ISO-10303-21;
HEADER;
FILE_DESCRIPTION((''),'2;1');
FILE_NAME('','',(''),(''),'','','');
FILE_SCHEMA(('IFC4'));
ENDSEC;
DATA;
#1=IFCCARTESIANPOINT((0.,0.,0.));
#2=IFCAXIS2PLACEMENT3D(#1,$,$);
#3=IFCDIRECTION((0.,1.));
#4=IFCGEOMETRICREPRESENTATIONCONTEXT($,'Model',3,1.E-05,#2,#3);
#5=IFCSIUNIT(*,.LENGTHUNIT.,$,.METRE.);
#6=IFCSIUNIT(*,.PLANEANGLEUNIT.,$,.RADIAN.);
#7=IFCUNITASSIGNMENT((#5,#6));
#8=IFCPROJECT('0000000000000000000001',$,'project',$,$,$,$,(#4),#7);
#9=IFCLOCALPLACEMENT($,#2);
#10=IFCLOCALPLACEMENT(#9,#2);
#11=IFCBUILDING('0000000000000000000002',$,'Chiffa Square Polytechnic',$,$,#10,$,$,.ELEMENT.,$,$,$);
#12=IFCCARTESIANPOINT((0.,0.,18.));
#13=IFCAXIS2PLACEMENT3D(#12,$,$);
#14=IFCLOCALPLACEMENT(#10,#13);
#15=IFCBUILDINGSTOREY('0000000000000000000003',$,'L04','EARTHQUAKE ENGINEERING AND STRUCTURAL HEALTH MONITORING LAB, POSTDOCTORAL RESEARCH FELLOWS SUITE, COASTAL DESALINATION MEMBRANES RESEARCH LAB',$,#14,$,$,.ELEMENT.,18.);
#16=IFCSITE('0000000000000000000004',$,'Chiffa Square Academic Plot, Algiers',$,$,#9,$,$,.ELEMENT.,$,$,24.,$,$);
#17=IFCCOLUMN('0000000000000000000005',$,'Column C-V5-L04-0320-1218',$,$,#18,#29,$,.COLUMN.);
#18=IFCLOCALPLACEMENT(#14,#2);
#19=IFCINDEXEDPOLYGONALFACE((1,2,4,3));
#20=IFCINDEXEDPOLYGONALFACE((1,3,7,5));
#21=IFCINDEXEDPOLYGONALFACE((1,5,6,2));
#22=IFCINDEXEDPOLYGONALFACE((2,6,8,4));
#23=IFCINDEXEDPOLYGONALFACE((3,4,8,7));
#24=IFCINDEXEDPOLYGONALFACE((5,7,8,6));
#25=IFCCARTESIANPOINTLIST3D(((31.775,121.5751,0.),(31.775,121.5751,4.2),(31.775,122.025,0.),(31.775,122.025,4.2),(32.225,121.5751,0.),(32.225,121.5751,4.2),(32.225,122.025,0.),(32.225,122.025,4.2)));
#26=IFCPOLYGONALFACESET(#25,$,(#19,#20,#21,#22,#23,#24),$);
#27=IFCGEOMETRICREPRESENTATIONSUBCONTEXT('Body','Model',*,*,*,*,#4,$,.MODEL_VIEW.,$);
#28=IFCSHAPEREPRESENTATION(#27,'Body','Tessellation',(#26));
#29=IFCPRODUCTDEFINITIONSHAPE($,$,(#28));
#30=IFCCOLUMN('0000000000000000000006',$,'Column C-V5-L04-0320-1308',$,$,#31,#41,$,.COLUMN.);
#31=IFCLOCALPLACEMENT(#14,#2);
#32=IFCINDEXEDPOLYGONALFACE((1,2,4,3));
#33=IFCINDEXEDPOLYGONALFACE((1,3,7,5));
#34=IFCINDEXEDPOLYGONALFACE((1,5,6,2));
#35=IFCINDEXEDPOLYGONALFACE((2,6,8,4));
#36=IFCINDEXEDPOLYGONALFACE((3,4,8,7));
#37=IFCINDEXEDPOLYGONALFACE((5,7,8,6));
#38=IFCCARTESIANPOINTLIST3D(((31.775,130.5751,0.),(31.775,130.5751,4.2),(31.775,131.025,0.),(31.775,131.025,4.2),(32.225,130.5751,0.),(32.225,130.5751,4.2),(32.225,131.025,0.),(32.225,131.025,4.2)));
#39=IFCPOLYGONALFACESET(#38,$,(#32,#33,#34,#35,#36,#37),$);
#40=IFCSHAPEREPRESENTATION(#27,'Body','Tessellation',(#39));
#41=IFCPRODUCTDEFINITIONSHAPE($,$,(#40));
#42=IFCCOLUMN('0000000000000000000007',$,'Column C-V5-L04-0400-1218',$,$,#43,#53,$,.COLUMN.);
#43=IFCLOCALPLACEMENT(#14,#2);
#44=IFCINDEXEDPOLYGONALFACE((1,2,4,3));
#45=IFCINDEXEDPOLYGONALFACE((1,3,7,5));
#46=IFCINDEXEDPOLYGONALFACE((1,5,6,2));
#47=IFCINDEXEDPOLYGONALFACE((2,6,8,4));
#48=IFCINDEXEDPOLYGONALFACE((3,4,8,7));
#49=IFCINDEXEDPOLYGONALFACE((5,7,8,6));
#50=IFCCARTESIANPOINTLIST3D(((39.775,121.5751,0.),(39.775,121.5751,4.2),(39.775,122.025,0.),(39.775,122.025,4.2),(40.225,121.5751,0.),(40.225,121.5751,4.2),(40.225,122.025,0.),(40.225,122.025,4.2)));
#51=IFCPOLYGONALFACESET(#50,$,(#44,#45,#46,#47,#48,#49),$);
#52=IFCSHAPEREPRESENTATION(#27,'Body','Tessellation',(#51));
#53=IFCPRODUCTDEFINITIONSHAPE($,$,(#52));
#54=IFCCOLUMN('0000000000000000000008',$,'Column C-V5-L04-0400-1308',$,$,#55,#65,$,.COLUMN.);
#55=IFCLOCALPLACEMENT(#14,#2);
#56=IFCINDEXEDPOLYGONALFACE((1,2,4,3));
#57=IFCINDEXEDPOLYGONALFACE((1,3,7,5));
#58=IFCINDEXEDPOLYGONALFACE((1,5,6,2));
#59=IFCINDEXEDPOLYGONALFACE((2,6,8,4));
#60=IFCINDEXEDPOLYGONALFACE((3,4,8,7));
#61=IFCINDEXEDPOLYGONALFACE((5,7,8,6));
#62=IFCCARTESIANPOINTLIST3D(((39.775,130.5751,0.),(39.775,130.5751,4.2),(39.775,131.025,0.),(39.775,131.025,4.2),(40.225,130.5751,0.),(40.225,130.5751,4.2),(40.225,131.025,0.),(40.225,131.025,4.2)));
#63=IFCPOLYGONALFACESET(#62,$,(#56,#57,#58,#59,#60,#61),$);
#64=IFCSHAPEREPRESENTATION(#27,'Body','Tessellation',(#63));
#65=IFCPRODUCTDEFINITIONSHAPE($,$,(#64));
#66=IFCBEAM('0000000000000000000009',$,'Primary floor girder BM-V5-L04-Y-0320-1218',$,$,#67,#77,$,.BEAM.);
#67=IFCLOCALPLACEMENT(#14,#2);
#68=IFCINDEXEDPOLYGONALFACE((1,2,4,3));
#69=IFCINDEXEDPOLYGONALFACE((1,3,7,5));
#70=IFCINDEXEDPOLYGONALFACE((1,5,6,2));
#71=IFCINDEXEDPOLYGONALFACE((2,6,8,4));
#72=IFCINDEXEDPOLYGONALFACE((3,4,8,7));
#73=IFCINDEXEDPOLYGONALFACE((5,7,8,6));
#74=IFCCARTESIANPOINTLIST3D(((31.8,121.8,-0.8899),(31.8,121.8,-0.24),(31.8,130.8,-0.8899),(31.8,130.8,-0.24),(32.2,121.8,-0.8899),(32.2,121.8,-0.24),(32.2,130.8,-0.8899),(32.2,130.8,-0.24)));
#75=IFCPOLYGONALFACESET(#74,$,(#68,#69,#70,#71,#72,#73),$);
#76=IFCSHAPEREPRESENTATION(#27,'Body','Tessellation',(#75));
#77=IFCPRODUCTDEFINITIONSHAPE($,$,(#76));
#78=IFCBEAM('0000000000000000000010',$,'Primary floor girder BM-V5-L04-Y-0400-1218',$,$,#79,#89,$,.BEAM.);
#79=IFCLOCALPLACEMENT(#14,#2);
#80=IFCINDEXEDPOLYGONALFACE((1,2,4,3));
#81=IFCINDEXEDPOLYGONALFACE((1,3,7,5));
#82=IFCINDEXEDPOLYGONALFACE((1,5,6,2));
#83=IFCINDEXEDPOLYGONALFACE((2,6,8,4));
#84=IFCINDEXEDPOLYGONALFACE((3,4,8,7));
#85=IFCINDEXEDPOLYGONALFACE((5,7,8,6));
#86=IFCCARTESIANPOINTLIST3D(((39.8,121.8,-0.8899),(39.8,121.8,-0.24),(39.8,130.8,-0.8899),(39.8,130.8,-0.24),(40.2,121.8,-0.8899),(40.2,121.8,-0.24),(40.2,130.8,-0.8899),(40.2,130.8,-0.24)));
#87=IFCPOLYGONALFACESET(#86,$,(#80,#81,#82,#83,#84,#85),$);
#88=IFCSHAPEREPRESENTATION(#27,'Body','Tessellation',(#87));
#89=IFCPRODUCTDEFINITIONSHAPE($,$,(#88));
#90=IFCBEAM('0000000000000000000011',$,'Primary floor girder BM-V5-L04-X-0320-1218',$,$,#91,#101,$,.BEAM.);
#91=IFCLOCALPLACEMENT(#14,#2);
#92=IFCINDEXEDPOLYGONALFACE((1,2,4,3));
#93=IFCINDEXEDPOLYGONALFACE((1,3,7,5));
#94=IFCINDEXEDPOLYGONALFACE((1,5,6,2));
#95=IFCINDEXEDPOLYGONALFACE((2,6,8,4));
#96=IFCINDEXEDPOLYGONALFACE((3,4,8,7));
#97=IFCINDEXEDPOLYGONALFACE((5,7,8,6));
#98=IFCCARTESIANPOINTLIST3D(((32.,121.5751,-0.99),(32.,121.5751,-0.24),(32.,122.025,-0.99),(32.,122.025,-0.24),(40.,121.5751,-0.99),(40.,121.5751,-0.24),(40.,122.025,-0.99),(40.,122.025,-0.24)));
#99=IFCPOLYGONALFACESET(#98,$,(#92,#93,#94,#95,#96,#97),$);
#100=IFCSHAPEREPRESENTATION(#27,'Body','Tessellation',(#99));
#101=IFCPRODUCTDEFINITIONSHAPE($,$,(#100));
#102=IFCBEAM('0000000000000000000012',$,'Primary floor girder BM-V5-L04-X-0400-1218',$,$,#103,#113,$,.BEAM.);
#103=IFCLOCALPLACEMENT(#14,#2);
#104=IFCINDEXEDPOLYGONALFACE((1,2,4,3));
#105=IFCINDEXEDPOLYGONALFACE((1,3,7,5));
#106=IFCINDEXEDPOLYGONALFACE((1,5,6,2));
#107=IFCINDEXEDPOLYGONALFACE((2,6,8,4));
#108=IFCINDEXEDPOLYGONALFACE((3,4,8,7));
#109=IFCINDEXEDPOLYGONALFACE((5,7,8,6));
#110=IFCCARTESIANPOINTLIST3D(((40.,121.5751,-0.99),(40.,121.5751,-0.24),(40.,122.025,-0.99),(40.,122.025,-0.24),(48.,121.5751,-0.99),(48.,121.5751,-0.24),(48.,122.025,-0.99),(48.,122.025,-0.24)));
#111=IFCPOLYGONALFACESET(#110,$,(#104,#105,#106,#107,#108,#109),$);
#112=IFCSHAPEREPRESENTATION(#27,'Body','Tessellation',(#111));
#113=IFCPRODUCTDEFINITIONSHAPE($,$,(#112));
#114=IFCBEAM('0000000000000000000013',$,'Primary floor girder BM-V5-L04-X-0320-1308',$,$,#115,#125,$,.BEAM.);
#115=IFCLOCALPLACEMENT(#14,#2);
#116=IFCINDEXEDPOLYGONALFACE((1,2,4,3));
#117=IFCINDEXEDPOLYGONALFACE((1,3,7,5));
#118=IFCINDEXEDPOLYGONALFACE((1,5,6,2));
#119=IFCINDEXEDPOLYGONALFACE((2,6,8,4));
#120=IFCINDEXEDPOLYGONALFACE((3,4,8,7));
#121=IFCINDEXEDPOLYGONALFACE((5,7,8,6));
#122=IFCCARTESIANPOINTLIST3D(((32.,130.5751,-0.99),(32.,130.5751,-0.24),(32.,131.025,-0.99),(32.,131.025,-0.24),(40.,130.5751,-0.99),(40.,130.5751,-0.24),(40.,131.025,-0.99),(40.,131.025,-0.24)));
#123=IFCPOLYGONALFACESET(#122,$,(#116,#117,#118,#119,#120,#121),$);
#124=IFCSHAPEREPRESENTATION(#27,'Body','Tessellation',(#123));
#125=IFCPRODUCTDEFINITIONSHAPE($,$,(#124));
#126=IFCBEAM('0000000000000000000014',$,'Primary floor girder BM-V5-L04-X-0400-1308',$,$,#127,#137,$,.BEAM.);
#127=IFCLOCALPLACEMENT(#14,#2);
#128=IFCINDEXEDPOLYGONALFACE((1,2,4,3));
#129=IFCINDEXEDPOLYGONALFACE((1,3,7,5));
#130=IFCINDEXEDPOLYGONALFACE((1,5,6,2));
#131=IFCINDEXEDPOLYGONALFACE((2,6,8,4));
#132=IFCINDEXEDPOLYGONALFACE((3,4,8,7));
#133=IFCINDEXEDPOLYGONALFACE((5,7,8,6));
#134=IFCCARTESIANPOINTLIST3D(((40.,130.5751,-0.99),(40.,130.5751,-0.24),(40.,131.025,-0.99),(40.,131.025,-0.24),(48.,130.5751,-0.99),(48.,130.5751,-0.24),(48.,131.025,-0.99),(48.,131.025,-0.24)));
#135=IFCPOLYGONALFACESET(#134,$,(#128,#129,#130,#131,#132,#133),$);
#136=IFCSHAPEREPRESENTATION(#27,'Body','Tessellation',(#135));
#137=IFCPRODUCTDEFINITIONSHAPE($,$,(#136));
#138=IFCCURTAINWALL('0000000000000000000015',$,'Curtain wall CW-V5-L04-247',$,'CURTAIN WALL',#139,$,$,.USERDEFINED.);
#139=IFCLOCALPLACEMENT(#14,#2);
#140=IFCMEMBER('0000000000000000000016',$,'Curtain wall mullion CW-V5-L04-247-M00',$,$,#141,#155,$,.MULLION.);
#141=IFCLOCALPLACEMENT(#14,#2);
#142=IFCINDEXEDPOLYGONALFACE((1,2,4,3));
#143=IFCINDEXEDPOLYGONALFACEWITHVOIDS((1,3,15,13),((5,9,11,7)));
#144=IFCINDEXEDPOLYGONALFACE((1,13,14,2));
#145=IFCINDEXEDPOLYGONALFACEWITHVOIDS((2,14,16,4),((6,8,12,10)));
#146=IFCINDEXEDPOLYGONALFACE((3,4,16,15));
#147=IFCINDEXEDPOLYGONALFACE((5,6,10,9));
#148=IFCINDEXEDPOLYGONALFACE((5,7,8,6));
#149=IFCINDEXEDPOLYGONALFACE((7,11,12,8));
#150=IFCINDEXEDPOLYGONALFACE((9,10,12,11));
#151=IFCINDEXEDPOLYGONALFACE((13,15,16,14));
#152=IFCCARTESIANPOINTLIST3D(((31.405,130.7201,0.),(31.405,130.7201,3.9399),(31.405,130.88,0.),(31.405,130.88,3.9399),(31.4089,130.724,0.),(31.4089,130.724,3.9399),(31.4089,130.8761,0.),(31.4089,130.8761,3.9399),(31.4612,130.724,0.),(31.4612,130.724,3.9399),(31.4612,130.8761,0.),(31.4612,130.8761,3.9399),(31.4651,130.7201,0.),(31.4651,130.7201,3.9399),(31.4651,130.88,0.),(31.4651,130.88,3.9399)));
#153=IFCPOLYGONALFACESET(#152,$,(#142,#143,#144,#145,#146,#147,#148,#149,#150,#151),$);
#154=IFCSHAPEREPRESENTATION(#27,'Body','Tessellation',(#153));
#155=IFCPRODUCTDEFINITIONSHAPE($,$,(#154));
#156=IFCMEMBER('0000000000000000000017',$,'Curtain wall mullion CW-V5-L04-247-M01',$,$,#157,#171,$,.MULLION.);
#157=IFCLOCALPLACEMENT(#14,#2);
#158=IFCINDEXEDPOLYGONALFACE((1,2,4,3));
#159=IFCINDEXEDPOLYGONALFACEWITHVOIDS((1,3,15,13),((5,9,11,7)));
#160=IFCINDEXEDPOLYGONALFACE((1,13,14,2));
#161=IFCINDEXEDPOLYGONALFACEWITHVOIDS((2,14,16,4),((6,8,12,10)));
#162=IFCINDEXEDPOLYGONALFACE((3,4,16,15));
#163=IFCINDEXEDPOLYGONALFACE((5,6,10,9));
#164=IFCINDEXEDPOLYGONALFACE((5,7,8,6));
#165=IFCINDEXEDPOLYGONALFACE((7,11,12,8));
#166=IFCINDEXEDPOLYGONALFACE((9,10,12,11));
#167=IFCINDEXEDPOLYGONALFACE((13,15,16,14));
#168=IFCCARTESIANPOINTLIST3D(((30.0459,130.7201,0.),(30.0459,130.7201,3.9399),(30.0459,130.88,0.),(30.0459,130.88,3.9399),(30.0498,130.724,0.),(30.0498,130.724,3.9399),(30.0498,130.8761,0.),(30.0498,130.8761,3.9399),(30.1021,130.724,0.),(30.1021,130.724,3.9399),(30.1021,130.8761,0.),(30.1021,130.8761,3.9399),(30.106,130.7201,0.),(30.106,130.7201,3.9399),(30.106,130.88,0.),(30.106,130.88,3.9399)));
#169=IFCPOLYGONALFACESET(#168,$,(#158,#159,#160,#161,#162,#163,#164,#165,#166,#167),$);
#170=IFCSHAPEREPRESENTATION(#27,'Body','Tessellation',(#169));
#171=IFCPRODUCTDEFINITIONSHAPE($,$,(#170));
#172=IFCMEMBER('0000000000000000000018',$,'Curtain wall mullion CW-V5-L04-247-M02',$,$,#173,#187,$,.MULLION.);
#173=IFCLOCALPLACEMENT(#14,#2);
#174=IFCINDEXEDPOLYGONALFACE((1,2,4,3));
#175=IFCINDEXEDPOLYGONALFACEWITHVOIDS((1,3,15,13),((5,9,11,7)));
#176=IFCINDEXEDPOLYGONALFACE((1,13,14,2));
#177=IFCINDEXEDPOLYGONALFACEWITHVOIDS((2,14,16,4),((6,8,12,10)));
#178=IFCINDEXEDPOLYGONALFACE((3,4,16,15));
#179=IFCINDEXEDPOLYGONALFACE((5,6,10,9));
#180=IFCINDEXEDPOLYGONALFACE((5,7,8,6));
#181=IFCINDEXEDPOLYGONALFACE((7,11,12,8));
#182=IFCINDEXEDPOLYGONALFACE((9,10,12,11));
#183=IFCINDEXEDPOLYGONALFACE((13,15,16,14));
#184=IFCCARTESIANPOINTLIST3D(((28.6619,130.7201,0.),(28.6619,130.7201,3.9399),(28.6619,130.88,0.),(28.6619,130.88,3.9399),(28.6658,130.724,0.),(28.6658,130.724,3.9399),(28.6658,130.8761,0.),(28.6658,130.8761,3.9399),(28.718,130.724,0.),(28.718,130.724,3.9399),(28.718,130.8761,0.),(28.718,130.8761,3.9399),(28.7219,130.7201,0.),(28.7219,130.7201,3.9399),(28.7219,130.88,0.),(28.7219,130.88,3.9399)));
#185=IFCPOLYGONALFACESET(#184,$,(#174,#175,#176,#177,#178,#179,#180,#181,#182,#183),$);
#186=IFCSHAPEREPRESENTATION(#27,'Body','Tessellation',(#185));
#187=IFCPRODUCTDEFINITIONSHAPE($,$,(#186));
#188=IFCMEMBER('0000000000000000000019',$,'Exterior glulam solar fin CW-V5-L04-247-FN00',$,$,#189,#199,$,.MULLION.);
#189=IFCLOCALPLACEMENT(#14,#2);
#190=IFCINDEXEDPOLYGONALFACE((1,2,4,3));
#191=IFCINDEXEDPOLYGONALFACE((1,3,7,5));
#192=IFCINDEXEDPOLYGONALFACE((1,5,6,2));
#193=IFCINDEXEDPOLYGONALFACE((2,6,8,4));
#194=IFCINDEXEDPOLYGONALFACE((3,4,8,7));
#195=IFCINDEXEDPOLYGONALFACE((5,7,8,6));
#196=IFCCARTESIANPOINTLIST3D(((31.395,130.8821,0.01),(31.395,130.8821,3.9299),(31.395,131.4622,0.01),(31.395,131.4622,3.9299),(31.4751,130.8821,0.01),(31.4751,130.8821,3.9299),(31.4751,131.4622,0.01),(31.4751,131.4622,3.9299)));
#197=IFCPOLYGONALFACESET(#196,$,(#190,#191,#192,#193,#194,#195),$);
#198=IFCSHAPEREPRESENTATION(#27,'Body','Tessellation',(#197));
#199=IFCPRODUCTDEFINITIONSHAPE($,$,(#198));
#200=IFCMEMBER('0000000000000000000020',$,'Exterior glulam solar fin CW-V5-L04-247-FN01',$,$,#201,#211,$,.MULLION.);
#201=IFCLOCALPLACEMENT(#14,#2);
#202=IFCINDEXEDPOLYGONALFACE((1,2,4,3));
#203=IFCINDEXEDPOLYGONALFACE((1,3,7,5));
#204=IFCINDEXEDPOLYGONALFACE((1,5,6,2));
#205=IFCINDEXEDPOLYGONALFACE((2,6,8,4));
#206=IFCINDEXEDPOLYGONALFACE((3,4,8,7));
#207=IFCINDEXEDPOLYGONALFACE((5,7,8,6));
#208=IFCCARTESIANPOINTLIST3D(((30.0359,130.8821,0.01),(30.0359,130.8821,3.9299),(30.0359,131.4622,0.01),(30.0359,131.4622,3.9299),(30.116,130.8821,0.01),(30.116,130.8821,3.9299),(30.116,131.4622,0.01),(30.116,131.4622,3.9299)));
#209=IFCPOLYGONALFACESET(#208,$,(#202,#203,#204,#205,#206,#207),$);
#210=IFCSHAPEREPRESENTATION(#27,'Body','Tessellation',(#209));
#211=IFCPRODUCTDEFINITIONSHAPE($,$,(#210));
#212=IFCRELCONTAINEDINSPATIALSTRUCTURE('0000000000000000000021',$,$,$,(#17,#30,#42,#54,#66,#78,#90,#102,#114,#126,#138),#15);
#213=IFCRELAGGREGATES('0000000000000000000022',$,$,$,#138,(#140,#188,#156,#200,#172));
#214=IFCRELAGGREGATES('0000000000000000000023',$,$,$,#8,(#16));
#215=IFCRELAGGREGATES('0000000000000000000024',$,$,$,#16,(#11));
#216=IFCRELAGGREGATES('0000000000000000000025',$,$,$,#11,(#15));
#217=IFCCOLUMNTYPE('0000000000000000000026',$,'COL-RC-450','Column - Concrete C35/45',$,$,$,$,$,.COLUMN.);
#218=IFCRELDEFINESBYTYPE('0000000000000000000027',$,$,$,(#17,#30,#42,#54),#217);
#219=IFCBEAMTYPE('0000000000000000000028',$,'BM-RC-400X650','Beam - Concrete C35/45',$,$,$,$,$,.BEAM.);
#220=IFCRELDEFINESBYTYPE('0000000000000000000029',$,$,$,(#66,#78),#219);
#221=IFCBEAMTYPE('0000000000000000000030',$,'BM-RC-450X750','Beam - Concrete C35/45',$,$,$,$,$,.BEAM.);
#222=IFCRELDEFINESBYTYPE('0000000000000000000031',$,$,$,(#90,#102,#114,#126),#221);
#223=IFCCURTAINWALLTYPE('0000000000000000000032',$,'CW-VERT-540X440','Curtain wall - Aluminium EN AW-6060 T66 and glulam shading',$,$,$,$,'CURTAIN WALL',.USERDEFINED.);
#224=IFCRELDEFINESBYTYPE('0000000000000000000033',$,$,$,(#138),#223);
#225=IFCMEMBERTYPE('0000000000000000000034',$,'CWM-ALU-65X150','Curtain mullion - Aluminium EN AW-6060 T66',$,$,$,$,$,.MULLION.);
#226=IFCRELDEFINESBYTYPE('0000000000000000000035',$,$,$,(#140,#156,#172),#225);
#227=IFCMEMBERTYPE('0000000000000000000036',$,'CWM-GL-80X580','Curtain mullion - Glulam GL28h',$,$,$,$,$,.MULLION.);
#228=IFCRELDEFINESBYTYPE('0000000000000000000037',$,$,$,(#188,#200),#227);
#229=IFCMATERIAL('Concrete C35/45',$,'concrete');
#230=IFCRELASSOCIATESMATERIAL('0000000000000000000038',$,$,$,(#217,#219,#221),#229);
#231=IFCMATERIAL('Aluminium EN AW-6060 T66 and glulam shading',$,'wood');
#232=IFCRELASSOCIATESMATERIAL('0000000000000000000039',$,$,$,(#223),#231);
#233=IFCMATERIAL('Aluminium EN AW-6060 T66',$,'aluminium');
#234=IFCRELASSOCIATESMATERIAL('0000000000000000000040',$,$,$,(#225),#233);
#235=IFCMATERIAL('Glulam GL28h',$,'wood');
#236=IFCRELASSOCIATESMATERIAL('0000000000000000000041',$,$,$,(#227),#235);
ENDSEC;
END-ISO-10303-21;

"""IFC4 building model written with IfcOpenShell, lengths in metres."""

from ifc_helpers import new_model, si_unit, direction, frame, origin, origin_2d, place, context, subcontext, project, spatial, rectangle, hollow_rectangle, extrude, material, material_profile, profile_set, type_object, element, aggregate, save


model = new_model("IFC4")

# Units and contexts
model_context = context("Model", 3, precision=1e-05, world=origin(), true_north=direction((0.0, 1.0)))
body_context = subcontext(model_context, "Body", "Model", "MODEL_VIEW")
ifc_project = project(units=[si_unit("LENGTHUNIT", "METRE"), si_unit("PLANEANGLEUNIT", "RADIAN")], contexts=[model_context])

# Site, building, storey
site_placement = place(None, origin())
site = spatial("IfcSite", under=ifc_project, at=site_placement, Name="Chiffa Square Academic Plot, Algiers", CompositionType="ELEMENT", RefElevation=24.0)
building_placement = place(site_placement, origin())
building = spatial("IfcBuilding", under=site, at=building_placement, Name="Chiffa Square Polytechnic", CompositionType="ELEMENT")
storey_placement = place(building_placement, frame((0.0, 0.0, 18.0)))
storey = spatial("IfcBuildingStorey", under=building, at=storey_placement, Name="L04", Description="EARTHQUAKE ENGINEERING AND STRUCTURAL HEALTH MONITORING LAB, POSTDOCTORAL RESEARCH FELLOWS SUITE, COASTAL DESALINATION MEMBRANES RESEARCH LAB", CompositionType="ELEMENT", Elevation=18.0)

# Columns
ifc_material_1 = material(Name="Concrete C35/45", Category="concrete")
ifc_material_profile_1 = material_profile(ifc_material_1, rectangle(XDim=0.45, YDim=0.45, at=origin_2d()), Name="RC 450x450")
ifc_profile_set_1 = profile_set([ifc_material_profile_1], Name="Concrete C35/45")
column_type = type_object("IfcColumnType", Name="COL-RC-450", Description="Column - Concrete C35/45", PredefinedType="COLUMN", material=ifc_profile_set_1)
for number, where, z_axis, x_axis, name in (
    (1, (32.0, 121.8, 0.0), (0.0, 0.0, 1.0), (1.0, 0.0, 0.0), "Column C-V5-L04-0320-1218"),
    (2, (32.0, 130.8, 0.0), (0.0, 0.0, 1.0), (1.0, 0.0, 0.0), "Column C-V5-L04-0320-1308"),
    (3, (40.0, 121.8, 0.0), (0.0, 0.0, 1.0), (1.0, 0.0, 0.0), "Column C-V5-L04-0400-1218"),
    (4, (40.0, 130.8, 0.0), (0.0, 0.0, 1.0), (1.0, 0.0, 0.0), "Column C-V5-L04-0400-1308"),
):
    element("IfcColumn", number, at=place(storey_placement, frame(where, z_axis=z_axis, x_axis=x_axis)), inside=storey, type_object=column_type, Name=name, PredefinedType="COLUMN", context=body_context, shape_type="SweptSolid", body=[
        extrude(rectangle(XDim=0.45, YDim=0.45, at=origin_2d()), origin(), (0.0, 0.0, 1.0), 4.2),
    ])

# Beams
ifc_material_profile_2 = material_profile(ifc_material_1, rectangle(XDim=0.3999, YDim=0.6499, at=origin_2d()), Name="RC 400x650")
ifc_profile_set_2 = profile_set([ifc_material_profile_2], Name="Concrete C35/45")
beam_type_1 = type_object("IfcBeamType", Name="BM-RC-400X650", Description="Beam - Concrete C35/45", PredefinedType="BEAM", material=ifc_profile_set_2)
for number, where, z_axis, x_axis, name in (
    (5, (32.0, 121.8, -0.5649), (0.0, 1.0, 0.0), (-1.0, 0.0, 0.0), "Primary floor girder BM-V5-L04-Y-0320-1218"),
    (6, (40.0, 121.8, -0.5649), (0.0, 1.0, 0.0), (-1.0, 0.0, 0.0), "Primary floor girder BM-V5-L04-Y-0400-1218"),
):
    element("IfcBeam", number, at=place(storey_placement, frame(where, z_axis=z_axis, x_axis=x_axis)), inside=storey, type_object=beam_type_1, Name=name, PredefinedType="BEAM", context=body_context, shape_type="SweptSolid", body=[
        extrude(rectangle(XDim=0.3999, YDim=0.6499, at=origin_2d()), origin(), (0.0, 0.0, 1.0), 9.0),
    ])
ifc_material_profile_3 = material_profile(ifc_material_1, rectangle(XDim=0.45, YDim=0.75, at=origin_2d()), Name="RC 450x750")
ifc_profile_set_3 = profile_set([ifc_material_profile_3], Name="Concrete C35/45")
beam_type_2 = type_object("IfcBeamType", Name="BM-RC-450X750", Description="Beam - Concrete C35/45", PredefinedType="BEAM", material=ifc_profile_set_3)
for number, where, z_axis, x_axis, name in (
    (7, (32.0, 121.8, -0.615), (1.0, 0.0, 0.0), (0.0, 1.0, 0.0), "Primary floor girder BM-V5-L04-X-0320-1218"),
    (8, (40.0, 121.8, -0.615), (1.0, 0.0, 0.0), (0.0, 1.0, 0.0), "Primary floor girder BM-V5-L04-X-0400-1218"),
    (9, (32.0, 130.8, -0.615), (1.0, 0.0, 0.0), (0.0, 1.0, 0.0), "Primary floor girder BM-V5-L04-X-0320-1308"),
    (10, (40.0, 130.8, -0.615), (1.0, 0.0, 0.0), (0.0, 1.0, 0.0), "Primary floor girder BM-V5-L04-X-0400-1308"),
):
    element("IfcBeam", number, at=place(storey_placement, frame(where, z_axis=z_axis, x_axis=x_axis)), inside=storey, type_object=beam_type_2, Name=name, PredefinedType="BEAM", context=body_context, shape_type="SweptSolid", body=[
        extrude(rectangle(XDim=0.45, YDim=0.75, at=origin_2d()), origin(), (0.0, 0.0, 1.0), 8.0),
    ])

# Curtain wall, members
ifc_material_2 = material(Name="Aluminium EN AW-6060 T66 and glulam shading", Category="wood")
curtain_wall_type = type_object("IfcCurtainWallType", Name="CW-VERT-540X440", Description="Curtain wall - Aluminium EN AW-6060 T66 and glulam shading", ElementType="CURTAIN WALL", PredefinedType="USERDEFINED", material=ifc_material_2)
curtain_wall_placement = place(storey_placement, origin())
curtain_wall = element("IfcCurtainWall", 11, at=curtain_wall_placement, inside=storey, type_object=curtain_wall_type, Name="Curtain wall CW-V5-L04-247", ObjectType="CURTAIN WALL", PredefinedType="USERDEFINED")
ifc_material_3 = material(Name="Aluminium EN AW-6060 T66", Category="aluminium")
ifc_material_profile_4 = material_profile(ifc_material_3, hollow_rectangle(XDim=0.0601, YDim=0.1599, WallThickness=0.0039, at=origin_2d()), Name="ALU 60x160x4")
ifc_profile_set_4 = profile_set([ifc_material_profile_4], Name="Aluminium EN AW-6060 T66")
member_type_1 = type_object("IfcMemberType", Name="CWM-ALU-65X150", Description="Curtain mullion - Aluminium EN AW-6060 T66", PredefinedType="MULLION", material=ifc_profile_set_4)
member_1_placement = place(storey_placement, frame((31.4351, 130.8, 0.0), z_axis=(0.0, 0.0, 1.0), x_axis=(1.0, 0.0, 0.0)))
member_1 = element("IfcMember", 12, at=member_1_placement, type_object=member_type_1, Name="Curtain wall mullion CW-V5-L04-247-M00", PredefinedType="MULLION", context=body_context, shape_type="SweptSolid", body=[
    extrude(hollow_rectangle(XDim=0.0601, YDim=0.1599, WallThickness=0.0039, at=origin_2d()), origin(), (0.0, 0.0, 1.0), 3.9399),
])
member_2_placement = place(storey_placement, frame((30.0759, 130.8, 0.0), z_axis=(0.0, 0.0, 1.0), x_axis=(1.0, 0.0, 0.0)))
member_2 = element("IfcMember", 13, at=member_2_placement, type_object=member_type_1, Name="Curtain wall mullion CW-V5-L04-247-M01", PredefinedType="MULLION", context=body_context, shape_type="SweptSolid", body=[
    extrude(hollow_rectangle(XDim=0.0601, YDim=0.1599, WallThickness=0.0039, at=origin_2d()), origin(), (0.0, 0.0, 1.0), 3.9399),
])
member_3_placement = place(storey_placement, frame((28.6919, 130.8, 0.0), z_axis=(0.0, 0.0, 1.0), x_axis=(1.0, 0.0, 0.0)))
member_3 = element("IfcMember", 14, at=member_3_placement, type_object=member_type_1, Name="Curtain wall mullion CW-V5-L04-247-M02", PredefinedType="MULLION", context=body_context, shape_type="SweptSolid", body=[
    extrude(hollow_rectangle(XDim=0.0601, YDim=0.1599, WallThickness=0.0039, at=origin_2d()), origin(), (0.0, 0.0, 1.0), 3.9399),
])
ifc_material_4 = material(Name="Glulam GL28h", Category="wood")
ifc_material_profile_5 = material_profile(ifc_material_4, rectangle(XDim=0.0801, YDim=0.5801, at=origin_2d()), Name="GL28h 80x580")
ifc_profile_set_5 = profile_set([ifc_material_profile_5], Name="Glulam GL28h")
member_type_2 = type_object("IfcMemberType", Name="CWM-GL-80X580", Description="Curtain mullion - Glulam GL28h", PredefinedType="MULLION", material=ifc_profile_set_5)
member_4_placement = place(storey_placement, frame((31.4351, 131.1721, 0.01), z_axis=(0.0, 0.0, 1.0), x_axis=(-1.0, 0.0, 0.0)))
member_4 = element("IfcMember", 15, at=member_4_placement, type_object=member_type_2, Name="Exterior glulam solar fin CW-V5-L04-247-FN00", PredefinedType="MULLION", context=body_context, shape_type="SweptSolid", body=[
    extrude(rectangle(XDim=0.0801, YDim=0.5801, at=origin_2d()), origin(), (0.0, 0.0, 1.0), 3.9199),
])
member_5_placement = place(storey_placement, frame((30.0759, 131.1721, 0.01), z_axis=(0.0, 0.0, 1.0), x_axis=(-1.0, 0.0, 0.0)))
member_5 = element("IfcMember", 16, at=member_5_placement, type_object=member_type_2, Name="Exterior glulam solar fin CW-V5-L04-247-FN01", PredefinedType="MULLION", context=body_context, shape_type="SweptSolid", body=[
    extrude(rectangle(XDim=0.0801, YDim=0.5801, at=origin_2d()), origin(), (0.0, 0.0, 1.0), 3.9199),
])

aggregate(curtain_wall, [member_1, member_4, member_2, member_5, member_3])

save(model, "model.ifc")
